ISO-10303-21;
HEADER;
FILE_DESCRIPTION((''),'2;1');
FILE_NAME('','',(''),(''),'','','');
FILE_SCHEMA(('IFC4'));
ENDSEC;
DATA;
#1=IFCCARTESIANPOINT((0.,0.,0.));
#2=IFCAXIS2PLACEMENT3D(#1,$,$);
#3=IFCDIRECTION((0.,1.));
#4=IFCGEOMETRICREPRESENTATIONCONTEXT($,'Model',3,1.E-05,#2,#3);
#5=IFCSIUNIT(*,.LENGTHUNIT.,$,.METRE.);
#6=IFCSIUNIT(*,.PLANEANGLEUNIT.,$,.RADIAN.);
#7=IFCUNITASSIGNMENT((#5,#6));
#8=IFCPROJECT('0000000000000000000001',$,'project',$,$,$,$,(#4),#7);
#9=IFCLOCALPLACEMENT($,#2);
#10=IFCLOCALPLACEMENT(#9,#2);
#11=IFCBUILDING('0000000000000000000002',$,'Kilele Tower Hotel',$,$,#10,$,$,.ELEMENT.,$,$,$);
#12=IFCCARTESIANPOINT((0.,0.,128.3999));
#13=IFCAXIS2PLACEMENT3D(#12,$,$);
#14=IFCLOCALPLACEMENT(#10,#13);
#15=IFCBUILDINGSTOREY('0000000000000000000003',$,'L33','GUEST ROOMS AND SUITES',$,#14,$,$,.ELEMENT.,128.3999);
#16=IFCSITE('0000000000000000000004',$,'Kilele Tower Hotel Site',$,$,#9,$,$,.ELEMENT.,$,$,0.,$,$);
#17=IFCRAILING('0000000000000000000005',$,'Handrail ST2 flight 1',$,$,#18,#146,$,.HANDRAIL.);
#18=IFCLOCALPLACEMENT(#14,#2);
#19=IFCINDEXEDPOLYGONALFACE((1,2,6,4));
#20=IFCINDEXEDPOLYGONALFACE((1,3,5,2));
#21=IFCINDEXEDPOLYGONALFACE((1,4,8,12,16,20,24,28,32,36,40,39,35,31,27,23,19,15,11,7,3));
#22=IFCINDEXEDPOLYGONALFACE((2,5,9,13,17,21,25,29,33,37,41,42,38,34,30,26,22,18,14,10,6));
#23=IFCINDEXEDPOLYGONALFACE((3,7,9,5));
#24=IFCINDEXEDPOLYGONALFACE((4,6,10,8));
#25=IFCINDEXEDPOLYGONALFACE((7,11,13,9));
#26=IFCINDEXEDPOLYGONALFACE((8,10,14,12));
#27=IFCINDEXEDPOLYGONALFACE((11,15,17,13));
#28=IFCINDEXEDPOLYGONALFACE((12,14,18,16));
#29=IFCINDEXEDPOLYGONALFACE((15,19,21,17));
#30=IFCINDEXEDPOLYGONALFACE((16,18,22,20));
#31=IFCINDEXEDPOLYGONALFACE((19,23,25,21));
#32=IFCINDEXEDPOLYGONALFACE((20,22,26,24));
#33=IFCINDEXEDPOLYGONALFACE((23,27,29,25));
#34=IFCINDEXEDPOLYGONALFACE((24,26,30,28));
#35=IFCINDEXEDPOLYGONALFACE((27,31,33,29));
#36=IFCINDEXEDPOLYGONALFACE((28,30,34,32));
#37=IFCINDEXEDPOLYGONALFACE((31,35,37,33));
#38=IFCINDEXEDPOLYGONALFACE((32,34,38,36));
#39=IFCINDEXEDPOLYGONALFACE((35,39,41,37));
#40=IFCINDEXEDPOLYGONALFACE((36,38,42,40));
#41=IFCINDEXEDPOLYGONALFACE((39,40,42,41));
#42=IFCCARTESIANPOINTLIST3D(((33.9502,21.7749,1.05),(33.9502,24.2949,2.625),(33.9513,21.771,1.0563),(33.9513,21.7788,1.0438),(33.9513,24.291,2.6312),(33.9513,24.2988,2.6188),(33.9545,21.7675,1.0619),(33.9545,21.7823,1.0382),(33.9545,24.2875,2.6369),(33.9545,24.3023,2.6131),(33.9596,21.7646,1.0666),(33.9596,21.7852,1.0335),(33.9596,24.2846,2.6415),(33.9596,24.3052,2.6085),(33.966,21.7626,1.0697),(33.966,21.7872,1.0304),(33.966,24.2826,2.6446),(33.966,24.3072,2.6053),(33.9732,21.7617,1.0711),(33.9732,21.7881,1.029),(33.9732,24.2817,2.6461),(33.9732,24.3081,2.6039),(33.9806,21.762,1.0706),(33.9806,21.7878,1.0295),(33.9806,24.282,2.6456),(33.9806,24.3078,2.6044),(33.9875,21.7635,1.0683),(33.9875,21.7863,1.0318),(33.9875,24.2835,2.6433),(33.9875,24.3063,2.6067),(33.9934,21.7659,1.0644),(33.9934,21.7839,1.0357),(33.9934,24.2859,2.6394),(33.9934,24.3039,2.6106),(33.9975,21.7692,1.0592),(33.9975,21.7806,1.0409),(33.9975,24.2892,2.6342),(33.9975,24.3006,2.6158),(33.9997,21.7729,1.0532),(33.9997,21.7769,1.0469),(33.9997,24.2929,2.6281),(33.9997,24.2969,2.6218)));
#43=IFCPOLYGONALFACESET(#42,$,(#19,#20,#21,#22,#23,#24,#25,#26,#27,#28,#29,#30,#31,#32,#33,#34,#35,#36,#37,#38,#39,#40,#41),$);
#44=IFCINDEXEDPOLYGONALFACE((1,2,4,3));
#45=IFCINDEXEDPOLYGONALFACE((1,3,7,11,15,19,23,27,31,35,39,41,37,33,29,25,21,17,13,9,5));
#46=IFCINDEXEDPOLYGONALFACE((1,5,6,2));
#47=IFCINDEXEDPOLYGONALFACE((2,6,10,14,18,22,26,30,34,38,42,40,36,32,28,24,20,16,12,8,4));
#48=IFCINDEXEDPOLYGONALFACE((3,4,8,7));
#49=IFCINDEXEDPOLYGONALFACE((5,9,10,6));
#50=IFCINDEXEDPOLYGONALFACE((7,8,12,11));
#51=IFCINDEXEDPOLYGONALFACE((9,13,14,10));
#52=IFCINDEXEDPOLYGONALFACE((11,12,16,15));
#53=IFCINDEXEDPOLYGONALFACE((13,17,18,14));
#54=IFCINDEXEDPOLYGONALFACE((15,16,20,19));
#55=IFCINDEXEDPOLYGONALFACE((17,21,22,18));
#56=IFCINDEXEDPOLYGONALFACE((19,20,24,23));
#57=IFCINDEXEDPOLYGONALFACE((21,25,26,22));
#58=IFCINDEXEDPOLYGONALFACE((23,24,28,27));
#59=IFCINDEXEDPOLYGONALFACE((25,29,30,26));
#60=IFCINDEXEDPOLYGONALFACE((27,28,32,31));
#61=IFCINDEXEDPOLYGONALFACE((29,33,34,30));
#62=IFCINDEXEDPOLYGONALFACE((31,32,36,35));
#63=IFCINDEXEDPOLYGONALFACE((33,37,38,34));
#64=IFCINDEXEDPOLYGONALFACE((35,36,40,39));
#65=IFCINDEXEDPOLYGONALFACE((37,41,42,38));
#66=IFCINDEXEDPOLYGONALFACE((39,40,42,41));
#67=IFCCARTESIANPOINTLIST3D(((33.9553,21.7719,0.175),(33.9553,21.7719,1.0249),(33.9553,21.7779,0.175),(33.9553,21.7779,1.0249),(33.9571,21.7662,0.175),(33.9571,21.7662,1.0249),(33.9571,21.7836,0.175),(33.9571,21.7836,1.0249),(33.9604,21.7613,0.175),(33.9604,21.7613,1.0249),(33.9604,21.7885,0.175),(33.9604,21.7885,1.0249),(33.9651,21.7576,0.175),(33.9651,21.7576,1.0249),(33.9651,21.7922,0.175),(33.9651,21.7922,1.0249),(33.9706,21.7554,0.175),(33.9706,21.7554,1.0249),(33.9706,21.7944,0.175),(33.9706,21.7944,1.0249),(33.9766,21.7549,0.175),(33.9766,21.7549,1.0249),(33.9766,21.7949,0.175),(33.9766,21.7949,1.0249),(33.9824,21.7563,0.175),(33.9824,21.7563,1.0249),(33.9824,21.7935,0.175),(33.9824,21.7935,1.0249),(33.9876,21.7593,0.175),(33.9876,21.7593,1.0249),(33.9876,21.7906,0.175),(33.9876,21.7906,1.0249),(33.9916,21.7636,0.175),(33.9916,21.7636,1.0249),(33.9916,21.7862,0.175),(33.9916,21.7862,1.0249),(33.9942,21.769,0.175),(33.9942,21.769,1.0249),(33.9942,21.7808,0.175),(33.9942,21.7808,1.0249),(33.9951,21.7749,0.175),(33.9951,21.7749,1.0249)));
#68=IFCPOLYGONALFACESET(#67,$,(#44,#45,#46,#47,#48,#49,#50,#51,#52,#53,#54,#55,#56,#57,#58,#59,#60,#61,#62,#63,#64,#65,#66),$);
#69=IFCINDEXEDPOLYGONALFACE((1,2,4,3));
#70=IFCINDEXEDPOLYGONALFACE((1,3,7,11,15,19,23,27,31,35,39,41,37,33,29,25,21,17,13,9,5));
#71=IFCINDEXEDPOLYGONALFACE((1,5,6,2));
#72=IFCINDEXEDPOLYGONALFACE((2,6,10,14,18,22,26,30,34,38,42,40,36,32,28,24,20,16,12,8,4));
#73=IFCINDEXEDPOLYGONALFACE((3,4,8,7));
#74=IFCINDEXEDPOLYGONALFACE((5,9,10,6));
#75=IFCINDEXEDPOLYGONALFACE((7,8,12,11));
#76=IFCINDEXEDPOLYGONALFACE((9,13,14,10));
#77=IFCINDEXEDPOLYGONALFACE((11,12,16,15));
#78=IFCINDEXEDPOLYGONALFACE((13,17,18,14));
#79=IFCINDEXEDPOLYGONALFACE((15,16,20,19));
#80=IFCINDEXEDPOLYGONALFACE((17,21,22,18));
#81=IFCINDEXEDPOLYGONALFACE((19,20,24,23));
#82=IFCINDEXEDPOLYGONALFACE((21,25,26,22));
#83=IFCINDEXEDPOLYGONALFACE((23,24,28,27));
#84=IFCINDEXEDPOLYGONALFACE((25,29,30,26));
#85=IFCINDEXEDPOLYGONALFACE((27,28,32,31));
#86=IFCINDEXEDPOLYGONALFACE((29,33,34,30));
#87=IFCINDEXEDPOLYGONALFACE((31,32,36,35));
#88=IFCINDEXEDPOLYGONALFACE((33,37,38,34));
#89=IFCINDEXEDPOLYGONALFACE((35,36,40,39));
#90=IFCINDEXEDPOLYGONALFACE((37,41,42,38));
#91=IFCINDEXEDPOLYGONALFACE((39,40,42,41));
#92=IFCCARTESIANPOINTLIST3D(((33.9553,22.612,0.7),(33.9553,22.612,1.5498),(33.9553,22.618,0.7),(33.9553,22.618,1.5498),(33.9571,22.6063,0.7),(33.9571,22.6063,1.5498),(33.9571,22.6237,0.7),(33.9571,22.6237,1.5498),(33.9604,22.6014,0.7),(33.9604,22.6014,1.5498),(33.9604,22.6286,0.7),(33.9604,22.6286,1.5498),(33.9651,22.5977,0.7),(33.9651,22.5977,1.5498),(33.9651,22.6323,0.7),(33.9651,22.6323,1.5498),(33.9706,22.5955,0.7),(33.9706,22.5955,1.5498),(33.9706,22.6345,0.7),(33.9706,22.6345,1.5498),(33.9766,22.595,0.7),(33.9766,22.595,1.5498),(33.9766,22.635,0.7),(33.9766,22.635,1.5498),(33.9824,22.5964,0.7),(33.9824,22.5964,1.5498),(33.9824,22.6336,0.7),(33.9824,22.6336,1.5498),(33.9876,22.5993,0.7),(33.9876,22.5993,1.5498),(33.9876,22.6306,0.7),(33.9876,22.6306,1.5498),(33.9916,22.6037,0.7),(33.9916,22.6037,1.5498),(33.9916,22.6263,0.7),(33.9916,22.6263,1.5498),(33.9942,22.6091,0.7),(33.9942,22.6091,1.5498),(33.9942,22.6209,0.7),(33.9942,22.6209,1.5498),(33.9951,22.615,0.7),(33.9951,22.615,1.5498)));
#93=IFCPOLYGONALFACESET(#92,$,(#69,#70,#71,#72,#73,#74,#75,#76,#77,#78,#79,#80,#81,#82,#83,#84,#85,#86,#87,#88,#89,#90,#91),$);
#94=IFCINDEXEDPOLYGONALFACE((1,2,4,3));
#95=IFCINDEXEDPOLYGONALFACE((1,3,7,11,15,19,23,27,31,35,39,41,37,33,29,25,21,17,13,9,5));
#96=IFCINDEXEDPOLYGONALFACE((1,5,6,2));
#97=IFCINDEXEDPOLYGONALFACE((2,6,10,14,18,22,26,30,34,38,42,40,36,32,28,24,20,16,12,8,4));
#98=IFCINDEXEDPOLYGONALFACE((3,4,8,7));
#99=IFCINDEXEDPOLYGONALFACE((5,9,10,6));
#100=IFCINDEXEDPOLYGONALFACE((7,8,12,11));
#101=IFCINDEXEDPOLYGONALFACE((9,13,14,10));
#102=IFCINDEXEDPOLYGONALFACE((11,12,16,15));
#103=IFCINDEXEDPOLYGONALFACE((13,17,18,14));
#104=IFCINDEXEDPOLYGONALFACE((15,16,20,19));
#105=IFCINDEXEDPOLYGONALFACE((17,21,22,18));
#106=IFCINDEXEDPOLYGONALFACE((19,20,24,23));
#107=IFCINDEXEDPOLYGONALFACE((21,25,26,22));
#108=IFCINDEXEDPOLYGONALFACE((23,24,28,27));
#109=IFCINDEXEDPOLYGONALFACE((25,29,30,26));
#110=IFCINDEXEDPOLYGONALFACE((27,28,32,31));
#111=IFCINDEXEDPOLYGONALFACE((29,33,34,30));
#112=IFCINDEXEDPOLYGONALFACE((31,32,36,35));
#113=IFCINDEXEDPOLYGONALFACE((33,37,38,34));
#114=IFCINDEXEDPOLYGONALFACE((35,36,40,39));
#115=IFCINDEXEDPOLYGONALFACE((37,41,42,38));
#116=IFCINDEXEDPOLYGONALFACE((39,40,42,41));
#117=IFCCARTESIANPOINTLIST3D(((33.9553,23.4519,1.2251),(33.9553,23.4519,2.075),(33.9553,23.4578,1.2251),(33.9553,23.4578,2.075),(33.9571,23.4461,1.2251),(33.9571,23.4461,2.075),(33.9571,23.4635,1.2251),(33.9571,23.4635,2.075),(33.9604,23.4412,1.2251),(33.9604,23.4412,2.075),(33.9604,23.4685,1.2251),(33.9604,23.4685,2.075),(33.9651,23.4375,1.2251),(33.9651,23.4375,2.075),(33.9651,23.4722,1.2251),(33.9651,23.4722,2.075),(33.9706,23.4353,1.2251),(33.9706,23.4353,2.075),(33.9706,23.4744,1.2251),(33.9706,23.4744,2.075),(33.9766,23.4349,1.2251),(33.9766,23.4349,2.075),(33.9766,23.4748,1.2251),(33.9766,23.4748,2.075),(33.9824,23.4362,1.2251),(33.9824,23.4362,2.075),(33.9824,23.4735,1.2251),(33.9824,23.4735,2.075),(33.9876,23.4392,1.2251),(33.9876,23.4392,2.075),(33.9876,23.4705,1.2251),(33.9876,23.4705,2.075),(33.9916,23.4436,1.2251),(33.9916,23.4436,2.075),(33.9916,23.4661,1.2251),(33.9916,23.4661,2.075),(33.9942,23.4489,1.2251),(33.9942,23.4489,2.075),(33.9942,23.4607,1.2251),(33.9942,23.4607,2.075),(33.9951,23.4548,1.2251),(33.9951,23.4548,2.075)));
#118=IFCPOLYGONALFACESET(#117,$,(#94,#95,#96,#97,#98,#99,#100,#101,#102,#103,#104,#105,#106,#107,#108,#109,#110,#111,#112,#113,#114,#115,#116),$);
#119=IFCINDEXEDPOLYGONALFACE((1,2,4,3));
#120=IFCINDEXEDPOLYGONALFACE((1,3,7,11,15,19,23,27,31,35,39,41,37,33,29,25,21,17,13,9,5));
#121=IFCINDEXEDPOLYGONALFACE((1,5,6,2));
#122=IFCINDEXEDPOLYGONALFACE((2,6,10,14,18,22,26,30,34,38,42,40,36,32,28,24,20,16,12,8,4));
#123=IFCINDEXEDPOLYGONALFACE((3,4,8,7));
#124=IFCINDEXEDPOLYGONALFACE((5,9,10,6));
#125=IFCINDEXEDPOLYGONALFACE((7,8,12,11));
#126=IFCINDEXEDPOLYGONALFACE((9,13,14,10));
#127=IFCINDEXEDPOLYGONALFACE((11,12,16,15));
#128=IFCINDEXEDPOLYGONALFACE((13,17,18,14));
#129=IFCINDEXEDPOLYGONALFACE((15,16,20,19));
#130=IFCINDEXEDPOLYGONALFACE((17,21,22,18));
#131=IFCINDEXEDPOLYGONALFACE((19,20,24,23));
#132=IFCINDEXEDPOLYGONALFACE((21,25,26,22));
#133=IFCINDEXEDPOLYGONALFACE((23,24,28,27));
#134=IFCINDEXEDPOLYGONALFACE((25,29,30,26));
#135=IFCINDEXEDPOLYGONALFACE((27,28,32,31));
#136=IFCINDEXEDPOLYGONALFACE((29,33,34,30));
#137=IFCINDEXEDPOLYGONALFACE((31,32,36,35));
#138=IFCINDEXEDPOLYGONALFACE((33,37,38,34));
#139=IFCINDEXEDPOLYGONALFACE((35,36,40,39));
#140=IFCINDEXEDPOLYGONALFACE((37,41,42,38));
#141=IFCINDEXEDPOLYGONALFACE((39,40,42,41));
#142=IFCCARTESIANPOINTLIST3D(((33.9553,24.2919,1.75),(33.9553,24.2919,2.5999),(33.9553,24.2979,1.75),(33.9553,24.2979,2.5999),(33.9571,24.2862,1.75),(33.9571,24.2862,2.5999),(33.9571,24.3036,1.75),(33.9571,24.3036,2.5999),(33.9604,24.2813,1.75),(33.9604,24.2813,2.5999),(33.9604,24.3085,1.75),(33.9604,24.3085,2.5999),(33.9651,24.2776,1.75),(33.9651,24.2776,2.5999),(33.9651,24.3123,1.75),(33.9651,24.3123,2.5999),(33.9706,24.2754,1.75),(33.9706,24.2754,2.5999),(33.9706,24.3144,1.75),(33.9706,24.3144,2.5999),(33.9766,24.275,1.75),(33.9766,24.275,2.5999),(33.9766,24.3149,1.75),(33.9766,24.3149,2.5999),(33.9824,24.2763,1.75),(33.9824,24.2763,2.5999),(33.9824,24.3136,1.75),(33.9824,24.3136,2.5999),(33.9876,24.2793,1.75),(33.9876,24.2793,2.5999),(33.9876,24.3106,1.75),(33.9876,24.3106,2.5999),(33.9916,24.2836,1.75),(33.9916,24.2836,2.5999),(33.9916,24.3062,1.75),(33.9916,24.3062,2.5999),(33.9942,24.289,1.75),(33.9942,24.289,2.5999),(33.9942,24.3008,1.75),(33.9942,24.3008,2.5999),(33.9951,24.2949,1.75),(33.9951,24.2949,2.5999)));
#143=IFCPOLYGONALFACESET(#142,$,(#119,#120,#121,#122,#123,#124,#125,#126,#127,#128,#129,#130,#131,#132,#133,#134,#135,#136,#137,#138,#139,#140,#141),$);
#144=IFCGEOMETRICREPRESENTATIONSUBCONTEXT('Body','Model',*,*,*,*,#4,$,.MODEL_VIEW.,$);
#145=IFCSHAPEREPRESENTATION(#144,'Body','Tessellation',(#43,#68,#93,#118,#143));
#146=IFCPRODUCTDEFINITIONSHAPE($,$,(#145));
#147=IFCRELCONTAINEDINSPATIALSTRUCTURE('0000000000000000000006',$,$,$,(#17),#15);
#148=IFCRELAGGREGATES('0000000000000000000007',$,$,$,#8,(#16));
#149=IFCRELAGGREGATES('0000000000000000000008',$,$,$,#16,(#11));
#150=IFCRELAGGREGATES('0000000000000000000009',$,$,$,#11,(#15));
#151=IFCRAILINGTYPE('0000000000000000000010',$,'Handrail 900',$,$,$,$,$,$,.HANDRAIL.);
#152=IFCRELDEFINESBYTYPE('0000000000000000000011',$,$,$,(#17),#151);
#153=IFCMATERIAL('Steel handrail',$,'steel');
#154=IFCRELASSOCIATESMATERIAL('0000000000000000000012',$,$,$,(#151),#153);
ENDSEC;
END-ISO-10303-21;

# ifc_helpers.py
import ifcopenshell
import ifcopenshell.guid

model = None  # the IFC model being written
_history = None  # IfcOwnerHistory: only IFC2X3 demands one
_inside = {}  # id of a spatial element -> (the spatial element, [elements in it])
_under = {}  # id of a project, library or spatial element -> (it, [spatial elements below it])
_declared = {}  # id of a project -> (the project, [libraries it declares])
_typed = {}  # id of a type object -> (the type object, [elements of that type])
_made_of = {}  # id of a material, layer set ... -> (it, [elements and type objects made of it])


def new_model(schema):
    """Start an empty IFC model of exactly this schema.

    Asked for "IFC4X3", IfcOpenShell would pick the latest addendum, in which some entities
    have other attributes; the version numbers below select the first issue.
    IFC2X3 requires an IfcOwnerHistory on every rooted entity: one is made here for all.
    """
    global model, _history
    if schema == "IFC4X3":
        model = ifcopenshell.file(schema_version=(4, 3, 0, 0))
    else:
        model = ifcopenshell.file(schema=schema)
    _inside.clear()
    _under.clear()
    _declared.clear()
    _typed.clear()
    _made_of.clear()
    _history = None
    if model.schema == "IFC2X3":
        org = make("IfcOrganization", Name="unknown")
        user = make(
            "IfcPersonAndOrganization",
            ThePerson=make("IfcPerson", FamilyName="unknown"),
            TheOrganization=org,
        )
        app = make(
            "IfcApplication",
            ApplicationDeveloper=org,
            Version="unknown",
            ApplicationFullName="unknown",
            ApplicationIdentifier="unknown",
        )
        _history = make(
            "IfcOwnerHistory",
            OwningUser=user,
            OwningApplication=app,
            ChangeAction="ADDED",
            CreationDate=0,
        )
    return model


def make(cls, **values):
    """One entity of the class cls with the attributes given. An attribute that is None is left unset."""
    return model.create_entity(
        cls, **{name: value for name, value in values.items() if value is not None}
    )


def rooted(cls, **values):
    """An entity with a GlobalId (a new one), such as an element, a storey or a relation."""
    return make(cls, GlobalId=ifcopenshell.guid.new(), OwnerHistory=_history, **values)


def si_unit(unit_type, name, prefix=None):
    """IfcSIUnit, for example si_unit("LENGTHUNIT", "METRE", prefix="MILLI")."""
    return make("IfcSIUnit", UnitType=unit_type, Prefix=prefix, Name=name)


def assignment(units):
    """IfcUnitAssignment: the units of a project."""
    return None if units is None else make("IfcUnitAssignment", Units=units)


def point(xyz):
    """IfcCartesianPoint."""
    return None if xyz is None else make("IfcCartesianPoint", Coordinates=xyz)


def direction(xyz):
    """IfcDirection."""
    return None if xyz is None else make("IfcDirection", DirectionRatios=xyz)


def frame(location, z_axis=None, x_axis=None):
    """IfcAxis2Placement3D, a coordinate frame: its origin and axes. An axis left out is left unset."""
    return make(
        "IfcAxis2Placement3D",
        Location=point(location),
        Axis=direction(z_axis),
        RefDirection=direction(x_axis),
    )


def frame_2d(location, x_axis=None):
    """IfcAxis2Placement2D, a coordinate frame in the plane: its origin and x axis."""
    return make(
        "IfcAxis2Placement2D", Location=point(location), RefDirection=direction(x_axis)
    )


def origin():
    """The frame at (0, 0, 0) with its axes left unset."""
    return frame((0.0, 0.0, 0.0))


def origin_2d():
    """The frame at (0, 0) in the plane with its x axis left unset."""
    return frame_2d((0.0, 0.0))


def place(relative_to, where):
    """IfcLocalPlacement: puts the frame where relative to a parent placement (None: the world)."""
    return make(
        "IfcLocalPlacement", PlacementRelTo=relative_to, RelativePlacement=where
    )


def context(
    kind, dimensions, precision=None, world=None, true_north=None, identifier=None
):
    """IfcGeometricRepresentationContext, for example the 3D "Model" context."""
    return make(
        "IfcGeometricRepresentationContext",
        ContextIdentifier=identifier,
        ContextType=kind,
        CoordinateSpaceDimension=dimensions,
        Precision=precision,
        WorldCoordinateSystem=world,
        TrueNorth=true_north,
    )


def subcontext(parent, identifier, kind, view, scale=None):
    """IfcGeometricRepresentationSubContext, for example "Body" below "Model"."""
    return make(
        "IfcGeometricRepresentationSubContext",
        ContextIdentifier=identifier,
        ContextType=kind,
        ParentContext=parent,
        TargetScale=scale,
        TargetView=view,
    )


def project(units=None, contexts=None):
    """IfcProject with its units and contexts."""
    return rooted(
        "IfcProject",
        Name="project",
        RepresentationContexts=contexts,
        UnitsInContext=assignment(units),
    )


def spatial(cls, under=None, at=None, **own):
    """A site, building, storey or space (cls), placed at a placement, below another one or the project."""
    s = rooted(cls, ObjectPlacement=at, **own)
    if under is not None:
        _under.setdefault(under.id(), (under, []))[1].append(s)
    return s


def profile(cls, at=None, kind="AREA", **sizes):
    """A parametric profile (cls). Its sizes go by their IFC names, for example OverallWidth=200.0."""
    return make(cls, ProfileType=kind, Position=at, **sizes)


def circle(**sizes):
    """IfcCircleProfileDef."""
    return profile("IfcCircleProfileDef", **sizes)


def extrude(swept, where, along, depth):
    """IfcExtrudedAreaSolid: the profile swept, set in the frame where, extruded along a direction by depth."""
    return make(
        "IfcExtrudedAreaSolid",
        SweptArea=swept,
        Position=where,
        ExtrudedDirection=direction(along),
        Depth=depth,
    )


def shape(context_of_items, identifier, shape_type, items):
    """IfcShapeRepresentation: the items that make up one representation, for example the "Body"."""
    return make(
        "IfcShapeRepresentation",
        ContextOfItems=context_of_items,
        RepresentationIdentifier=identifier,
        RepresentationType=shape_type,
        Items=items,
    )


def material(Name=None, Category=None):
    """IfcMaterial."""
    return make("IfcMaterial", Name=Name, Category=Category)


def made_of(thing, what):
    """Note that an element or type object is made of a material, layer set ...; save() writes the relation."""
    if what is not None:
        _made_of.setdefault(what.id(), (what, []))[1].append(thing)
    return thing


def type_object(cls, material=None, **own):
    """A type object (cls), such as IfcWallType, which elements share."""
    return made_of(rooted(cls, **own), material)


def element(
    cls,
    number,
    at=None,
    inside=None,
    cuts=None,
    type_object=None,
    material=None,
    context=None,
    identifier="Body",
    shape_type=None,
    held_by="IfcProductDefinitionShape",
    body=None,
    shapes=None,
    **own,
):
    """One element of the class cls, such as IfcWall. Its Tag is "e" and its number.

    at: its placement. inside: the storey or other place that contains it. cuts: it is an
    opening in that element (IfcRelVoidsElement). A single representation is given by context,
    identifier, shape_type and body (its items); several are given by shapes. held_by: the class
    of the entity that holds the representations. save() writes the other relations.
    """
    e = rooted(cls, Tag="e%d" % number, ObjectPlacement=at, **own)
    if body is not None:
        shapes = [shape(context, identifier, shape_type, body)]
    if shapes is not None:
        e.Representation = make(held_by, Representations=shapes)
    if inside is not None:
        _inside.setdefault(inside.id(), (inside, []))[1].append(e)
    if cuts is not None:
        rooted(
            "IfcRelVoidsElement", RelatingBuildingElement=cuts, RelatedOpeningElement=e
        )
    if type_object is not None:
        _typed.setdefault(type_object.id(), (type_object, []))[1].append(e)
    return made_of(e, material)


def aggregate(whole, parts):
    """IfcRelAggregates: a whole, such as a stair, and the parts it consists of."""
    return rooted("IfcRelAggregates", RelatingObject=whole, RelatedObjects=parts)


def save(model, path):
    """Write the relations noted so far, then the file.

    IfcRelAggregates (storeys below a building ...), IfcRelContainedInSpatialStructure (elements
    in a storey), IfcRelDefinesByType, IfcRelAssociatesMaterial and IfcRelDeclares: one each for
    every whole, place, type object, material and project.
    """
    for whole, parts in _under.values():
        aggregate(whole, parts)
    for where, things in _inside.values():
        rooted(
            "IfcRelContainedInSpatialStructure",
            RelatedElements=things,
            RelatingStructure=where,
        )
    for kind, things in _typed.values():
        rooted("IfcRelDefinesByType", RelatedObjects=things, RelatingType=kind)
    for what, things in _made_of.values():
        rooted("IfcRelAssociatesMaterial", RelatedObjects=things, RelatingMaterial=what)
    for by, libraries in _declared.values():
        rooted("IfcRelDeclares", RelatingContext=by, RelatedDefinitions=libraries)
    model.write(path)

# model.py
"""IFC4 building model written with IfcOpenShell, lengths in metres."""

from ifc_helpers import new_model, si_unit, direction, frame, origin, origin_2d, place, context, subcontext, project, spatial, circle, extrude, material, type_object, element, save


model = new_model("IFC4")

# Units and contexts
model_context = context("Model", 3, precision=1e-05, world=origin(), true_north=direction((0.0, 1.0)))
body_context = subcontext(model_context, "Body", "Model", "MODEL_VIEW")
ifc_project = project(units=[si_unit("LENGTHUNIT", "METRE"), si_unit("PLANEANGLEUNIT", "RADIAN")], contexts=[model_context])

# Site, building, storey
site_placement = place(None, origin())
site = spatial("IfcSite", under=ifc_project, at=site_placement, Name="Kilele Tower Hotel Site", CompositionType="ELEMENT", RefElevation=0.0)
building_placement = place(site_placement, origin())
building = spatial("IfcBuilding", under=site, at=building_placement, Name="Kilele Tower Hotel", CompositionType="ELEMENT")
storey_placement = place(building_placement, frame((0.0, 0.0, 128.3999)))
storey = spatial("IfcBuildingStorey", under=building, at=storey_placement, Name="L33", Description="GUEST ROOMS AND SUITES", CompositionType="ELEMENT", Elevation=128.3999)

# Railing
ifc_material_1 = material(Name="Steel handrail", Category="steel")
railing_type_1 = type_object("IfcRailingType", Name="Handrail 900", PredefinedType="HANDRAIL", material=ifc_material_1)
for number, where, name in (
    (1, (33.9751, 21.7749, 0.175), "Handrail ST2 flight 1"),
):
    element("IfcRailing", number, at=place(storey_placement, frame(where)), inside=storey, type_object=railing_type_1, Name=name, PredefinedType="HANDRAIL", context=body_context, shape_type="SweptSolid", body=[
        extrude(circle(Radius=0.0249, at=origin_2d()), frame((0.0, 0.0, 0.875), z_axis=(0.0, 0.848008, 0.529984), x_axis=(-1.0, 0.0, 0.0)), (0.0, 0.0, 1.0), 2.9717),
        extrude(circle(Radius=0.02, at=origin_2d()), origin(), (0.0, 0.0, 1.0), 0.8499),
        extrude(circle(Radius=0.02, at=origin_2d()), frame((0.0, 0.8401, 0.5249)), (0.0, 0.0, 1.0), 0.8499),
        extrude(circle(Radius=0.02, at=origin_2d()), frame((0.0, 1.6799, 1.05)), (0.0, 0.0, 1.0), 0.8499),
        extrude(circle(Radius=0.02, at=origin_2d()), frame((0.0, 2.52, 1.575)), (0.0, 0.0, 1.0), 0.8499),
    ])

save(model, "model.ifc")
